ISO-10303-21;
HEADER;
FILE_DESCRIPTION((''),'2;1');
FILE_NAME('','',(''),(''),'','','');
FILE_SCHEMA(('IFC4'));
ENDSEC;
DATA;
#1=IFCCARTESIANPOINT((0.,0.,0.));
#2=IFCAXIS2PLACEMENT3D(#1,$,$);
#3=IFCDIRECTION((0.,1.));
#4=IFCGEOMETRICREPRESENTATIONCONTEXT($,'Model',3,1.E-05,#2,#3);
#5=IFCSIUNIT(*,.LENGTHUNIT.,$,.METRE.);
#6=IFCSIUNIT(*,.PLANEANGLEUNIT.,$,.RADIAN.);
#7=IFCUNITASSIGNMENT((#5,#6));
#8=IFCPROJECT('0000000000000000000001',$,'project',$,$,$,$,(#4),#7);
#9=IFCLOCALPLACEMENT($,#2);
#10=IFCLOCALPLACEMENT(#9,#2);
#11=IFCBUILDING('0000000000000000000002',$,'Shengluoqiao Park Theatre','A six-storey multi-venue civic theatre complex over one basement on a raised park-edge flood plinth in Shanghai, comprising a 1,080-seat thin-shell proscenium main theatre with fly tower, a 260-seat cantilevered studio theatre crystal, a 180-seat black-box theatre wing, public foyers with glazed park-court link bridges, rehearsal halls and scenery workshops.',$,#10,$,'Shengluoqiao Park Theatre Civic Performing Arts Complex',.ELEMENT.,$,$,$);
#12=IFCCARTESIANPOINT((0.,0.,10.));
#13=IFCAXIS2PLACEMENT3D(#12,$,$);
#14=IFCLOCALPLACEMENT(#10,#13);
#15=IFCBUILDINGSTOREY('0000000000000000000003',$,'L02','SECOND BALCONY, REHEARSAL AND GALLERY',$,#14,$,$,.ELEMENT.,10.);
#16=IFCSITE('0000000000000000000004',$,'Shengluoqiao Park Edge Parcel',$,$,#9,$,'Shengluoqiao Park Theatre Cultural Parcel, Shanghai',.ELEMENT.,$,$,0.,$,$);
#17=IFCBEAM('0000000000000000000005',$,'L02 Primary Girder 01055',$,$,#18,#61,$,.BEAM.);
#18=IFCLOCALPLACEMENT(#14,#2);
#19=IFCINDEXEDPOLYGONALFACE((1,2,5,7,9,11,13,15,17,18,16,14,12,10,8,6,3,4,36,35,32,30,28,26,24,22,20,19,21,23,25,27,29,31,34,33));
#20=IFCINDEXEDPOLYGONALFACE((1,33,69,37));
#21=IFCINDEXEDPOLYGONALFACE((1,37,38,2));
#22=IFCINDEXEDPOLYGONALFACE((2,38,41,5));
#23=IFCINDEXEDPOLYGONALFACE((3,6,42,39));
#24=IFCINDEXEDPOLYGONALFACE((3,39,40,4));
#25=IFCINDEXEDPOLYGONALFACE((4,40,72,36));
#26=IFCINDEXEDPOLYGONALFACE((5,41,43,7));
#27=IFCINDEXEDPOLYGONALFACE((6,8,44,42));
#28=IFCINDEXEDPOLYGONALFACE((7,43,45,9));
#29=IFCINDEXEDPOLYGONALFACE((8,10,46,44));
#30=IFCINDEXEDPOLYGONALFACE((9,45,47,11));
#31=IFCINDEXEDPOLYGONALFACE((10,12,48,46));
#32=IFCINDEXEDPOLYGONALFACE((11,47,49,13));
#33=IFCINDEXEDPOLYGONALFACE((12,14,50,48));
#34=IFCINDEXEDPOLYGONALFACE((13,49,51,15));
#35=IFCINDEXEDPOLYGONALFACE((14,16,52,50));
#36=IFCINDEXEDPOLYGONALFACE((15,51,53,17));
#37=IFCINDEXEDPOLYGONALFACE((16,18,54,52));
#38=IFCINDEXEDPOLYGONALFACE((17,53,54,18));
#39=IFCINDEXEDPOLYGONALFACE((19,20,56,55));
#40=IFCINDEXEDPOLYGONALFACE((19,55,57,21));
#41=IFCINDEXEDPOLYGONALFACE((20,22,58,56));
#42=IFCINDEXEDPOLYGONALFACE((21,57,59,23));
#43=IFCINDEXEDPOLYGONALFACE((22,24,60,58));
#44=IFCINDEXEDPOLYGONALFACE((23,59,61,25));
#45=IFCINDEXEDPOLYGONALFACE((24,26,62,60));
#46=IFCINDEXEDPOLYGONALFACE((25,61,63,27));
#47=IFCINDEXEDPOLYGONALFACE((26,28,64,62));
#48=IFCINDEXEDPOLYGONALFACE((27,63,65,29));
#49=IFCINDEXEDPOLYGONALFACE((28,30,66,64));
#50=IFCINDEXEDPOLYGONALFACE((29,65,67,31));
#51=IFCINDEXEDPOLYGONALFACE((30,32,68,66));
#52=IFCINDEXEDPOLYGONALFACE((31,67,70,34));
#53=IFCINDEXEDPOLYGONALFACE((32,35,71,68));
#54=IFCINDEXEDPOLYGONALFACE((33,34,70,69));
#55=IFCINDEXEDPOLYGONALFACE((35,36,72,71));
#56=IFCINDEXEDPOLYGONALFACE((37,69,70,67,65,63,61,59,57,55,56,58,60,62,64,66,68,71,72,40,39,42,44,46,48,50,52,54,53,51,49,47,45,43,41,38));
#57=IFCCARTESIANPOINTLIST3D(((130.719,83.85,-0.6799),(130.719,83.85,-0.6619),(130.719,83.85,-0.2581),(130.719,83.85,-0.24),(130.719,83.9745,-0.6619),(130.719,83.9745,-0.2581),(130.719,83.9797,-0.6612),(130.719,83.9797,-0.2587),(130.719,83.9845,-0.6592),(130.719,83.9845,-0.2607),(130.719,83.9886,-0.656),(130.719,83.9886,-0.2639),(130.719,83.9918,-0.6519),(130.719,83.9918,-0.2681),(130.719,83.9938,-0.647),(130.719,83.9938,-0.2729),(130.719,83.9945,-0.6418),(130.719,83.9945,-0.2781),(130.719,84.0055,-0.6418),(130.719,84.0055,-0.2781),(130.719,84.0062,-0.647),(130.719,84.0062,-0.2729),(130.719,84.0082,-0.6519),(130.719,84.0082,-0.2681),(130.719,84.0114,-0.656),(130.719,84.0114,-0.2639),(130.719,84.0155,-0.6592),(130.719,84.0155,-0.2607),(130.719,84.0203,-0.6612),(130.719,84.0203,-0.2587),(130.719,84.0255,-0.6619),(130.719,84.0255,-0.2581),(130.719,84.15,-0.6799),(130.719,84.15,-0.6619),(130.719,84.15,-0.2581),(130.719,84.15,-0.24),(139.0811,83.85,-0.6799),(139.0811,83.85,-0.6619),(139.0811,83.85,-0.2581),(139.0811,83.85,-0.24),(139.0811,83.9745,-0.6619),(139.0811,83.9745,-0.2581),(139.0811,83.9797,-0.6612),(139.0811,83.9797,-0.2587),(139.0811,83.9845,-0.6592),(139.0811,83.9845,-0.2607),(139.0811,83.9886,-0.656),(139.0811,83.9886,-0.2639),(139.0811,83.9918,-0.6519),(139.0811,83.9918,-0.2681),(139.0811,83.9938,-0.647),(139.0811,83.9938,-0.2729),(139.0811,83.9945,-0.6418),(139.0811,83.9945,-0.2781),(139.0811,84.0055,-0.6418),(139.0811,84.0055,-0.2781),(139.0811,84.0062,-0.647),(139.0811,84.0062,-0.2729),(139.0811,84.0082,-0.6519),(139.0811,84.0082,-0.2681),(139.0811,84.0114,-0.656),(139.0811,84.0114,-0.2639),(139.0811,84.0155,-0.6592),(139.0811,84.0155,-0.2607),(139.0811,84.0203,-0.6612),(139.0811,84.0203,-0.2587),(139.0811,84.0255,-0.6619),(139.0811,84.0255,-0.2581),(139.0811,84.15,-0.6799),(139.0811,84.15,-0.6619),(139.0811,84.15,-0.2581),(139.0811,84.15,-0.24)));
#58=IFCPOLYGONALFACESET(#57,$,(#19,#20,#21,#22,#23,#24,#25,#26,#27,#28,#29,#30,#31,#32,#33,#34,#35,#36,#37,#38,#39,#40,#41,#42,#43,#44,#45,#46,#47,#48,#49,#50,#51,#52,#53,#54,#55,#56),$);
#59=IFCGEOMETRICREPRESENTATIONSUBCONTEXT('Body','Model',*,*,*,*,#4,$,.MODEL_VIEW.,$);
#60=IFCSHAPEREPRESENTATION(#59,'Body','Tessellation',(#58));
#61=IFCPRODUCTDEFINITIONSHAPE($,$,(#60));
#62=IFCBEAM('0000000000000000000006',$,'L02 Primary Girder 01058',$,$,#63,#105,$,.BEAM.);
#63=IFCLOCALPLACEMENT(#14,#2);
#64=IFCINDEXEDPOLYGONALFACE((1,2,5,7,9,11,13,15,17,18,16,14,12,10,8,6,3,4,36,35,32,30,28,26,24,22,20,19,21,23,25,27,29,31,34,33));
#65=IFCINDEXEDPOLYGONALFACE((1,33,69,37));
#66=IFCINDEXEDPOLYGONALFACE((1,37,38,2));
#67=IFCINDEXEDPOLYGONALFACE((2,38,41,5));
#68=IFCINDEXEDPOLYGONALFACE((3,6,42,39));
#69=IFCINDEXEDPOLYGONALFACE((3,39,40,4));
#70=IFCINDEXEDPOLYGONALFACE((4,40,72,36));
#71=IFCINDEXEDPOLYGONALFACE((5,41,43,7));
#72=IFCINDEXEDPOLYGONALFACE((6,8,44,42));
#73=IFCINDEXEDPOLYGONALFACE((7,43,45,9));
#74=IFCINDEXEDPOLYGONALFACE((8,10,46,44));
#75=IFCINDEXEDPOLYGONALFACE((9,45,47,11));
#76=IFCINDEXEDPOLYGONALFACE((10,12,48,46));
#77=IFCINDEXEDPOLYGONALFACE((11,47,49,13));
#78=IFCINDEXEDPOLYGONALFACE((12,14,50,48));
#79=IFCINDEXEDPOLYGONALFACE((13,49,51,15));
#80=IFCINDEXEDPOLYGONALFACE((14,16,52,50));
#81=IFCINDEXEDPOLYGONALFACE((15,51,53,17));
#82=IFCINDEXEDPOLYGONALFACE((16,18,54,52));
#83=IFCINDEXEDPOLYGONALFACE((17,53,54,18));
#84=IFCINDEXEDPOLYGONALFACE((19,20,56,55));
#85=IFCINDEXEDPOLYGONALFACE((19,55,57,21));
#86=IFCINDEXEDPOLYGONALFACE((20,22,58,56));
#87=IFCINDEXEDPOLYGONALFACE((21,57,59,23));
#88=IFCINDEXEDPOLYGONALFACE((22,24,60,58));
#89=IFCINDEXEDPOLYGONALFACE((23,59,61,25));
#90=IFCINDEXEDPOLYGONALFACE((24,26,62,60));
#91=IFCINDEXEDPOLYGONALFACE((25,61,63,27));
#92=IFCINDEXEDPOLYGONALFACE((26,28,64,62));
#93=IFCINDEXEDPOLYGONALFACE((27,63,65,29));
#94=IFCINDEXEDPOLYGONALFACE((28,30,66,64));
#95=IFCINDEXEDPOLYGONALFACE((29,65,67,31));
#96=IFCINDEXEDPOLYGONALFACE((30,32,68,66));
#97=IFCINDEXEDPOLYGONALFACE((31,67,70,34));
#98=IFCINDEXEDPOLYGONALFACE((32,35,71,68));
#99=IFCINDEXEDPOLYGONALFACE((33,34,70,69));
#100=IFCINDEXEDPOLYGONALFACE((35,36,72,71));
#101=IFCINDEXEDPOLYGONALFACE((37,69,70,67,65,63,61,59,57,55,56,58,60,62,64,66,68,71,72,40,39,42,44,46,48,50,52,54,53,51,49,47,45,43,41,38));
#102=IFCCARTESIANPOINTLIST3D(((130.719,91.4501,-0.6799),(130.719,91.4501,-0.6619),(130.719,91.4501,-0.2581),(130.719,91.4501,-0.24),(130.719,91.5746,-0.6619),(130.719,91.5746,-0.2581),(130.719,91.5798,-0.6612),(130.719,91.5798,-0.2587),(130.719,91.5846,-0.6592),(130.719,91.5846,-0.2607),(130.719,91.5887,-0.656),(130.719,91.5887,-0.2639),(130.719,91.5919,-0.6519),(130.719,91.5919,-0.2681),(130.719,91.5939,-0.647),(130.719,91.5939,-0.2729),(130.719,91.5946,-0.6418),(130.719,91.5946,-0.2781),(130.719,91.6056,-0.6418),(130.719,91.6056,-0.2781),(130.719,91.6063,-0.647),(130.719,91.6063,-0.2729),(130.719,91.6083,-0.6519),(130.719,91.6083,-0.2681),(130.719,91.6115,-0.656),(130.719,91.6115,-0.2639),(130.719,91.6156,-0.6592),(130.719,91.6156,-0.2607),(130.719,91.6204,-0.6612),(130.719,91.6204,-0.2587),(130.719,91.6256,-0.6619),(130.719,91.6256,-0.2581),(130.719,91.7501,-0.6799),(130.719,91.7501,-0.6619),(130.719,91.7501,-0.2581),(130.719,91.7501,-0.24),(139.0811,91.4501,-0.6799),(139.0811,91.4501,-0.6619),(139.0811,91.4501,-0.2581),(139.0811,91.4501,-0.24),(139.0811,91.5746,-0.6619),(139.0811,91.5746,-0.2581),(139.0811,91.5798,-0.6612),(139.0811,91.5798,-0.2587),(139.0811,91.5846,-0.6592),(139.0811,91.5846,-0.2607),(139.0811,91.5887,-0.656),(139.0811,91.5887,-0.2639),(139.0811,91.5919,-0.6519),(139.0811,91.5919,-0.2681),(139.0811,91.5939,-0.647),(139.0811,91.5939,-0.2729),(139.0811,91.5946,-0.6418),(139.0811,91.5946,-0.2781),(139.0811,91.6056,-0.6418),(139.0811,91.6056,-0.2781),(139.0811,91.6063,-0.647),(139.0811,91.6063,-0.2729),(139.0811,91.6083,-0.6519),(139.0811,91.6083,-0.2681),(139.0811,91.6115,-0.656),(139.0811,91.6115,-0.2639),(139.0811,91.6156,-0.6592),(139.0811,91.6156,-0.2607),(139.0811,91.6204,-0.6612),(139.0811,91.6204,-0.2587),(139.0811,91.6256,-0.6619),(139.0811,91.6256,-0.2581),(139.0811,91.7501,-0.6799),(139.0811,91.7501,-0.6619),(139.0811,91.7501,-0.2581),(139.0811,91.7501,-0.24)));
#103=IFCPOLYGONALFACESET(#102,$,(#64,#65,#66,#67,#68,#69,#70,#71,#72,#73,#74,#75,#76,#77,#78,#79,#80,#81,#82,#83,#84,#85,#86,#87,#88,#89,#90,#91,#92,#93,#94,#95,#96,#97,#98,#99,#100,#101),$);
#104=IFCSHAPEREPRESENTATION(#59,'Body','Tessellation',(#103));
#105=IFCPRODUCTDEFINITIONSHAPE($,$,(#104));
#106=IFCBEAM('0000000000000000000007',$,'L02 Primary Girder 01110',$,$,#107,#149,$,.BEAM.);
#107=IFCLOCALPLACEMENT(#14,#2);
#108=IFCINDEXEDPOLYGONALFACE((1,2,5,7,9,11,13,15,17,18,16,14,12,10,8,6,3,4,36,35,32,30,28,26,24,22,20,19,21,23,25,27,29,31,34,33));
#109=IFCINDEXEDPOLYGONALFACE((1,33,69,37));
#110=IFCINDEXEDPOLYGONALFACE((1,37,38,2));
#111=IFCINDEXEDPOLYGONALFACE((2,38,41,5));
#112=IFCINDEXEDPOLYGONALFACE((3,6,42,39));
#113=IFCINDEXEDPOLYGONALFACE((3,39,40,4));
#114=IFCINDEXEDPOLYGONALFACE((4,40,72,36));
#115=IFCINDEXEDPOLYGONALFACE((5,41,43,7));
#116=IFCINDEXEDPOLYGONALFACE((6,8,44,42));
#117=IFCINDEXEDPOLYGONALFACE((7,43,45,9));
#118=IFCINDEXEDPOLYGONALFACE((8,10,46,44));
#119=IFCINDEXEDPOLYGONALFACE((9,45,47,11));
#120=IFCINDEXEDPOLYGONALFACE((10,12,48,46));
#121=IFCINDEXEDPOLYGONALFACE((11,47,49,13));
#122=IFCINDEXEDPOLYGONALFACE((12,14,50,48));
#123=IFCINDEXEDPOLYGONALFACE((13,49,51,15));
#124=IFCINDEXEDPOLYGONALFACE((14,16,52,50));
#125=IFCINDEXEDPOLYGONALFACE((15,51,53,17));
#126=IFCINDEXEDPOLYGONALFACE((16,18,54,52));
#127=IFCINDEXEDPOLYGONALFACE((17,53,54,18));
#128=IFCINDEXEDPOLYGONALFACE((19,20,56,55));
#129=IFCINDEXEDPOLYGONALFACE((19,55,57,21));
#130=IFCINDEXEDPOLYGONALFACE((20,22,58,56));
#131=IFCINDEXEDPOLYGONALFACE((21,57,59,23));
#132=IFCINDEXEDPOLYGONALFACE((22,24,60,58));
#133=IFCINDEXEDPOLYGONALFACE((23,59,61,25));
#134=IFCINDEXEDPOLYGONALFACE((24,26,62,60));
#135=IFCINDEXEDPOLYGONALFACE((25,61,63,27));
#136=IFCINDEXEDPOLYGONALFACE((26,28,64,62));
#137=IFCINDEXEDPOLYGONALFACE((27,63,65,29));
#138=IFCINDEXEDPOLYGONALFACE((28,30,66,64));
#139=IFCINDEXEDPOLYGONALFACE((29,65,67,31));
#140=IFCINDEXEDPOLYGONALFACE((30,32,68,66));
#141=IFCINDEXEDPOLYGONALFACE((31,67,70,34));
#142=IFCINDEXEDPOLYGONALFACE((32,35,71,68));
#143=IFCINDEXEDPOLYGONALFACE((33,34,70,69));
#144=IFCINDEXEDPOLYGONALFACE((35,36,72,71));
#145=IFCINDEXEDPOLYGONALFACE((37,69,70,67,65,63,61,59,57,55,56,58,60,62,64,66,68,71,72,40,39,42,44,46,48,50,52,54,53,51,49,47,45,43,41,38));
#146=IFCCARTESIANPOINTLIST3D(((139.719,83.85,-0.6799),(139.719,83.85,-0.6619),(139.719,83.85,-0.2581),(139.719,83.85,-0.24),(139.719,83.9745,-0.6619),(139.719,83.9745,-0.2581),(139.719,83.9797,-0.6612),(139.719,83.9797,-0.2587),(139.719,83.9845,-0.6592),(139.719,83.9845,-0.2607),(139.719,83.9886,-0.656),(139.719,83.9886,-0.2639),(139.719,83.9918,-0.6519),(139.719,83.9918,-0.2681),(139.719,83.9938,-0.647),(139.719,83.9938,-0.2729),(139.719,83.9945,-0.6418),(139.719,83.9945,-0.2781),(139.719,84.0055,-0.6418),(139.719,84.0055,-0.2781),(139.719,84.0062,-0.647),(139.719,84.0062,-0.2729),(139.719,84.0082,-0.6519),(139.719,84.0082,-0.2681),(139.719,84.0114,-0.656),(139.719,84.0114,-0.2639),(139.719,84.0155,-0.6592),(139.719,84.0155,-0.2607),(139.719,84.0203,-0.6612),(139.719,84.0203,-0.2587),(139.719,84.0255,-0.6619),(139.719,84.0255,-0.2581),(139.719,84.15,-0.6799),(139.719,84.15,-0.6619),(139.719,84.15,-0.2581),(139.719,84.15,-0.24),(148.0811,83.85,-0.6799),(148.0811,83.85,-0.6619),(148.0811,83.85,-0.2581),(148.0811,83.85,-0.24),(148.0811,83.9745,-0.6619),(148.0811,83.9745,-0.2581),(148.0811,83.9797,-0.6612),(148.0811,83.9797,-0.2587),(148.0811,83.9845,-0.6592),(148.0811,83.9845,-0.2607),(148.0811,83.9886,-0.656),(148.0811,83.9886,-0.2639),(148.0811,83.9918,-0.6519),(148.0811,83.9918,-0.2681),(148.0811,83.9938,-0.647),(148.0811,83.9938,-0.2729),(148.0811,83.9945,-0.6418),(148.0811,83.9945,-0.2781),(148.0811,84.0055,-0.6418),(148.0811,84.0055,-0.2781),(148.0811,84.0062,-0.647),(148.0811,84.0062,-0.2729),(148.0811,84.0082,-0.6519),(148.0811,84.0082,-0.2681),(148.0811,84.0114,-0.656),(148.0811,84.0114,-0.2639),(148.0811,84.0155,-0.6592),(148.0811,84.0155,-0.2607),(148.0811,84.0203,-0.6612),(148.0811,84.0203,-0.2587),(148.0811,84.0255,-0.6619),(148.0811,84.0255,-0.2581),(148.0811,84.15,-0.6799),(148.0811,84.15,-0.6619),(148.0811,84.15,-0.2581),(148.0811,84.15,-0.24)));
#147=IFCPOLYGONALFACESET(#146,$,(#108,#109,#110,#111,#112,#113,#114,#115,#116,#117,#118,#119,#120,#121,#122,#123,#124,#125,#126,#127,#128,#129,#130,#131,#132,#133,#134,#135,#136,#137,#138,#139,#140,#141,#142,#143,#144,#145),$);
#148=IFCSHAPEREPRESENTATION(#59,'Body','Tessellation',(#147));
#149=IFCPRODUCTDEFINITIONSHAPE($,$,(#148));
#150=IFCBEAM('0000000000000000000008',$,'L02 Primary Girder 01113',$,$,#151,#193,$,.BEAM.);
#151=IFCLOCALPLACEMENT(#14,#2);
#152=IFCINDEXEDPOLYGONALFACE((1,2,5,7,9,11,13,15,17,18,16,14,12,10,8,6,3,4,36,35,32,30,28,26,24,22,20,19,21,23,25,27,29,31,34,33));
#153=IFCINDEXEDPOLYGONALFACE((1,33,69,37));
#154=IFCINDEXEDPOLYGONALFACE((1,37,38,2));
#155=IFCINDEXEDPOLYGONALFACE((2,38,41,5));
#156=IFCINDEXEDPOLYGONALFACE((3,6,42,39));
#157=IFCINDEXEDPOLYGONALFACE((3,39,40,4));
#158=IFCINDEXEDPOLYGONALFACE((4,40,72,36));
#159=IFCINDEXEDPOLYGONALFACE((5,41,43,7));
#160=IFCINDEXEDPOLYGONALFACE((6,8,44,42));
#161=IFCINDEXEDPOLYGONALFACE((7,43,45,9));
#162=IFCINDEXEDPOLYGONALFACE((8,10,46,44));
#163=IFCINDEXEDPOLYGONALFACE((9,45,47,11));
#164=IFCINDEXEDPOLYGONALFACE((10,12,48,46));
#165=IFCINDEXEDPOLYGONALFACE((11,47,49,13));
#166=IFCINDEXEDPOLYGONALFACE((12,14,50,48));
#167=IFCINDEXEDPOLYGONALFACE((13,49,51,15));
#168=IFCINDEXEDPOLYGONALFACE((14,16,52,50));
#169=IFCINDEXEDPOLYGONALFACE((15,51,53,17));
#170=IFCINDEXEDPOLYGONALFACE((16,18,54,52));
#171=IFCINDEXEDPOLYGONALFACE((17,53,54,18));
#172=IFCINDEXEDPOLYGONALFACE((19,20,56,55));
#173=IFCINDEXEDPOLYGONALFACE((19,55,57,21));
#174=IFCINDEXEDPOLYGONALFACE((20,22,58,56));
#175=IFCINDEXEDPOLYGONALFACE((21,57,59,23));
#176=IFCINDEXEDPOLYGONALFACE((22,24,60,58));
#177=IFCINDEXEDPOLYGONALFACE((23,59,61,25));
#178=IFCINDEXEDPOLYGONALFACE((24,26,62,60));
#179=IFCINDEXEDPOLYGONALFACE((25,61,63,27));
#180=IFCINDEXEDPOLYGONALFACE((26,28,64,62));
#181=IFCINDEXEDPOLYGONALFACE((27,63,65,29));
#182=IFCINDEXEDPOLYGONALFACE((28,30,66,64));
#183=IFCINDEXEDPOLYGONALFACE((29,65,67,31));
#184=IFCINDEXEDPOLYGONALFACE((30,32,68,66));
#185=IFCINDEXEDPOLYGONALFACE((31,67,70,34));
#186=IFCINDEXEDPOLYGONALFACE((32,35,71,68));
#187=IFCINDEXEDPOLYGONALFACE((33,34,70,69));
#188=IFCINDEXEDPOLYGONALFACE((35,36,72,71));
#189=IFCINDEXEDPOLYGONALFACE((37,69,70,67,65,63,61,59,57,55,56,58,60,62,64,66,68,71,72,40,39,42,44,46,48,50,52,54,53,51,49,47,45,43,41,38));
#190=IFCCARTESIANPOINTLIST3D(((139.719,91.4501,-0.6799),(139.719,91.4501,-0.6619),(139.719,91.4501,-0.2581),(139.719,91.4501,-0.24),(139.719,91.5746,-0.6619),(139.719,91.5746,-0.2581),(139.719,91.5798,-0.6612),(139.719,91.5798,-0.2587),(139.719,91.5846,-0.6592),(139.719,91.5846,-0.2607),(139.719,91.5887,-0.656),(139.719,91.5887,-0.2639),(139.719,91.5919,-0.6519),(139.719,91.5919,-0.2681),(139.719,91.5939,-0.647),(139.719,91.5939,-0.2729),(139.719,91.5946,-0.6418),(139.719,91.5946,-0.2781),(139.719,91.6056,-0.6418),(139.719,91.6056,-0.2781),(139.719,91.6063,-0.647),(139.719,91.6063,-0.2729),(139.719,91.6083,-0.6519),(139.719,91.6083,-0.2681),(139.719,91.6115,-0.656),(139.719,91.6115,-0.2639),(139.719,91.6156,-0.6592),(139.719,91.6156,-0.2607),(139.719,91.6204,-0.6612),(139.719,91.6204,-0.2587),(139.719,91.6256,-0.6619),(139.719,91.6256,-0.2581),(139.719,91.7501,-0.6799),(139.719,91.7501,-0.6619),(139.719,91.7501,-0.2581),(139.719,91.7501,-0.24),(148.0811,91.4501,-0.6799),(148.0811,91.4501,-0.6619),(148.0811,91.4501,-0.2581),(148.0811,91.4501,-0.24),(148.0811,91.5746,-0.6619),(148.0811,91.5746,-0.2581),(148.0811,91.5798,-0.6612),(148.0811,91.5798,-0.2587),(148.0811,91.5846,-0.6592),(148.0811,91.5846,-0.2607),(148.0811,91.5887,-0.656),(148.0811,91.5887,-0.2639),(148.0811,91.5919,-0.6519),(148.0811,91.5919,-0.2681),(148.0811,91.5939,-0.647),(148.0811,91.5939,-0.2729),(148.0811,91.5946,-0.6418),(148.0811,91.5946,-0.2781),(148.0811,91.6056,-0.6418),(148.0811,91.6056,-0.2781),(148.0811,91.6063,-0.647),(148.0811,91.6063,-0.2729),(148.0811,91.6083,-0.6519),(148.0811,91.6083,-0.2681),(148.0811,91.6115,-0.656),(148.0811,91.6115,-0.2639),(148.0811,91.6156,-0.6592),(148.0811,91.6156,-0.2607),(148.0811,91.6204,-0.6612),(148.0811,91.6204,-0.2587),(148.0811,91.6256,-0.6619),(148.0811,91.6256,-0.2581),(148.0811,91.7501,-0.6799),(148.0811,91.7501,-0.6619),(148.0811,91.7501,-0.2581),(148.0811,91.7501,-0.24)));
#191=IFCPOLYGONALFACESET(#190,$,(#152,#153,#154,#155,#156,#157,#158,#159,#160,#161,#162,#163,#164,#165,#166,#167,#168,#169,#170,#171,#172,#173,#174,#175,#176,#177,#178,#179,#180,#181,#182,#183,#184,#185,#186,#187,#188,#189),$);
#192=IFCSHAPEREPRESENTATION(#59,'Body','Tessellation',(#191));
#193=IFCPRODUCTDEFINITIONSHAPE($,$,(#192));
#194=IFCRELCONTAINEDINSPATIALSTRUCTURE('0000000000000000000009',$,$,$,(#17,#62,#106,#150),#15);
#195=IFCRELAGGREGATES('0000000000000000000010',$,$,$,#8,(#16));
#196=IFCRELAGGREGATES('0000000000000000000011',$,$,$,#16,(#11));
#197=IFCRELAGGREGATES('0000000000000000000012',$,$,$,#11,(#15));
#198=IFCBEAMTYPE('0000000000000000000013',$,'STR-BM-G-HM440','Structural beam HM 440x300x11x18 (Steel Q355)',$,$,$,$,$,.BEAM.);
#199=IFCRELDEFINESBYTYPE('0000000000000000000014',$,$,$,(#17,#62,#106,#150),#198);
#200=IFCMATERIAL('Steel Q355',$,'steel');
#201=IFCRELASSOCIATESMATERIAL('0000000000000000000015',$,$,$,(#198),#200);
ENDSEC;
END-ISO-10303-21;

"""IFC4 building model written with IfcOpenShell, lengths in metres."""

from ifc_helpers import new_model, si_unit, direction, frame, origin, origin_2d, place, context, subcontext, project, spatial, i_section, extrude, material, material_profile, profile_set, type_object, element, save


model = new_model("IFC4")

# Units and contexts
model_context = context("Model", 3, precision=1e-05, world=origin(), true_north=direction((0.0, 1.0)))
body_context = subcontext(model_context, "Body", "Model", "MODEL_VIEW")
ifc_project = project(units=[si_unit("LENGTHUNIT", "METRE"), si_unit("PLANEANGLEUNIT", "RADIAN")], contexts=[model_context])

# Site, building, storey
site_placement = place(None, origin())
site = spatial("IfcSite", under=ifc_project, at=site_placement, Name="Shengluoqiao Park Edge Parcel", LongName="Shengluoqiao Park Theatre Cultural Parcel, Shanghai", CompositionType="ELEMENT", RefElevation=0.0)
building_placement = place(site_placement, origin())
building = spatial("IfcBuilding", under=site, at=building_placement, Name="Shengluoqiao Park Theatre", Description="A six-storey multi-venue civic theatre complex over one basement on a raised park-edge flood plinth in Shanghai, comprising a 1,080-seat thin-shell proscenium main theatre with fly tower, a 260-seat cantilevered studio theatre crystal, a 180-seat black-box theatre wing, public foyers with glazed park-court link bridges, rehearsal halls and scenery workshops.", LongName="Shengluoqiao Park Theatre Civic Performing Arts Complex", CompositionType="ELEMENT")
storey_placement = place(building_placement, frame((0.0, 0.0, 10.0)))
storey = spatial("IfcBuildingStorey", under=building, at=storey_placement, Name="L02", Description="SECOND BALCONY, REHEARSAL AND GALLERY", CompositionType="ELEMENT", Elevation=10.0)

# Beams
ifc_material_1 = material(Name="Steel Q355", Category="steel")
ifc_material_profile_1 = material_profile(ifc_material_1, i_section(OverallWidth=0.3, OverallDepth=0.4399, WebThickness=0.011, FlangeThickness=0.0181, FilletRadius=0.02, at=origin_2d()), Name="HM 440x300x11x18")
ifc_profile_set_1 = profile_set([ifc_material_profile_1], Name="Steel Q355")
beam_type_1 = type_object("IfcBeamType", Name="STR-BM-G-HM440", Description="Structural beam HM 440x300x11x18 (Steel Q355)", PredefinedType="BEAM", material=ifc_profile_set_1)
for number, where, z_axis, x_axis, name in (
    (1, (130.719, 84.0, -0.46), (1.0, 0.0, 0.0), (0.0, 1.0, 0.0), "L02 Primary Girder 01055"),
    (2, (130.719, 91.6001, -0.46), (1.0, 0.0, 0.0), (0.0, 1.0, 0.0), "L02 Primary Girder 01058"),
    (3, (139.719, 84.0, -0.46), (1.0, 0.0, 0.0), (0.0, 1.0, 0.0), "L02 Primary Girder 01110"),
    (4, (139.719, 91.6001, -0.46), (1.0, 0.0, 0.0), (0.0, 1.0, 0.0), "L02 Primary Girder 01113"),
):
    element("IfcBeam", number, at=place(storey_placement, frame(where, z_axis=z_axis, x_axis=x_axis)), inside=storey, type_object=beam_type_1, Name=name, PredefinedType="BEAM", context=body_context, shape_type="SweptSolid", body=[
        extrude(i_section(OverallWidth=0.3, OverallDepth=0.4399, WebThickness=0.011, FlangeThickness=0.0181, FilletRadius=0.02, at=origin_2d()), origin(), (0.0, 0.0, 1.0), 8.3621),
    ])

save(model, "model.ifc")
